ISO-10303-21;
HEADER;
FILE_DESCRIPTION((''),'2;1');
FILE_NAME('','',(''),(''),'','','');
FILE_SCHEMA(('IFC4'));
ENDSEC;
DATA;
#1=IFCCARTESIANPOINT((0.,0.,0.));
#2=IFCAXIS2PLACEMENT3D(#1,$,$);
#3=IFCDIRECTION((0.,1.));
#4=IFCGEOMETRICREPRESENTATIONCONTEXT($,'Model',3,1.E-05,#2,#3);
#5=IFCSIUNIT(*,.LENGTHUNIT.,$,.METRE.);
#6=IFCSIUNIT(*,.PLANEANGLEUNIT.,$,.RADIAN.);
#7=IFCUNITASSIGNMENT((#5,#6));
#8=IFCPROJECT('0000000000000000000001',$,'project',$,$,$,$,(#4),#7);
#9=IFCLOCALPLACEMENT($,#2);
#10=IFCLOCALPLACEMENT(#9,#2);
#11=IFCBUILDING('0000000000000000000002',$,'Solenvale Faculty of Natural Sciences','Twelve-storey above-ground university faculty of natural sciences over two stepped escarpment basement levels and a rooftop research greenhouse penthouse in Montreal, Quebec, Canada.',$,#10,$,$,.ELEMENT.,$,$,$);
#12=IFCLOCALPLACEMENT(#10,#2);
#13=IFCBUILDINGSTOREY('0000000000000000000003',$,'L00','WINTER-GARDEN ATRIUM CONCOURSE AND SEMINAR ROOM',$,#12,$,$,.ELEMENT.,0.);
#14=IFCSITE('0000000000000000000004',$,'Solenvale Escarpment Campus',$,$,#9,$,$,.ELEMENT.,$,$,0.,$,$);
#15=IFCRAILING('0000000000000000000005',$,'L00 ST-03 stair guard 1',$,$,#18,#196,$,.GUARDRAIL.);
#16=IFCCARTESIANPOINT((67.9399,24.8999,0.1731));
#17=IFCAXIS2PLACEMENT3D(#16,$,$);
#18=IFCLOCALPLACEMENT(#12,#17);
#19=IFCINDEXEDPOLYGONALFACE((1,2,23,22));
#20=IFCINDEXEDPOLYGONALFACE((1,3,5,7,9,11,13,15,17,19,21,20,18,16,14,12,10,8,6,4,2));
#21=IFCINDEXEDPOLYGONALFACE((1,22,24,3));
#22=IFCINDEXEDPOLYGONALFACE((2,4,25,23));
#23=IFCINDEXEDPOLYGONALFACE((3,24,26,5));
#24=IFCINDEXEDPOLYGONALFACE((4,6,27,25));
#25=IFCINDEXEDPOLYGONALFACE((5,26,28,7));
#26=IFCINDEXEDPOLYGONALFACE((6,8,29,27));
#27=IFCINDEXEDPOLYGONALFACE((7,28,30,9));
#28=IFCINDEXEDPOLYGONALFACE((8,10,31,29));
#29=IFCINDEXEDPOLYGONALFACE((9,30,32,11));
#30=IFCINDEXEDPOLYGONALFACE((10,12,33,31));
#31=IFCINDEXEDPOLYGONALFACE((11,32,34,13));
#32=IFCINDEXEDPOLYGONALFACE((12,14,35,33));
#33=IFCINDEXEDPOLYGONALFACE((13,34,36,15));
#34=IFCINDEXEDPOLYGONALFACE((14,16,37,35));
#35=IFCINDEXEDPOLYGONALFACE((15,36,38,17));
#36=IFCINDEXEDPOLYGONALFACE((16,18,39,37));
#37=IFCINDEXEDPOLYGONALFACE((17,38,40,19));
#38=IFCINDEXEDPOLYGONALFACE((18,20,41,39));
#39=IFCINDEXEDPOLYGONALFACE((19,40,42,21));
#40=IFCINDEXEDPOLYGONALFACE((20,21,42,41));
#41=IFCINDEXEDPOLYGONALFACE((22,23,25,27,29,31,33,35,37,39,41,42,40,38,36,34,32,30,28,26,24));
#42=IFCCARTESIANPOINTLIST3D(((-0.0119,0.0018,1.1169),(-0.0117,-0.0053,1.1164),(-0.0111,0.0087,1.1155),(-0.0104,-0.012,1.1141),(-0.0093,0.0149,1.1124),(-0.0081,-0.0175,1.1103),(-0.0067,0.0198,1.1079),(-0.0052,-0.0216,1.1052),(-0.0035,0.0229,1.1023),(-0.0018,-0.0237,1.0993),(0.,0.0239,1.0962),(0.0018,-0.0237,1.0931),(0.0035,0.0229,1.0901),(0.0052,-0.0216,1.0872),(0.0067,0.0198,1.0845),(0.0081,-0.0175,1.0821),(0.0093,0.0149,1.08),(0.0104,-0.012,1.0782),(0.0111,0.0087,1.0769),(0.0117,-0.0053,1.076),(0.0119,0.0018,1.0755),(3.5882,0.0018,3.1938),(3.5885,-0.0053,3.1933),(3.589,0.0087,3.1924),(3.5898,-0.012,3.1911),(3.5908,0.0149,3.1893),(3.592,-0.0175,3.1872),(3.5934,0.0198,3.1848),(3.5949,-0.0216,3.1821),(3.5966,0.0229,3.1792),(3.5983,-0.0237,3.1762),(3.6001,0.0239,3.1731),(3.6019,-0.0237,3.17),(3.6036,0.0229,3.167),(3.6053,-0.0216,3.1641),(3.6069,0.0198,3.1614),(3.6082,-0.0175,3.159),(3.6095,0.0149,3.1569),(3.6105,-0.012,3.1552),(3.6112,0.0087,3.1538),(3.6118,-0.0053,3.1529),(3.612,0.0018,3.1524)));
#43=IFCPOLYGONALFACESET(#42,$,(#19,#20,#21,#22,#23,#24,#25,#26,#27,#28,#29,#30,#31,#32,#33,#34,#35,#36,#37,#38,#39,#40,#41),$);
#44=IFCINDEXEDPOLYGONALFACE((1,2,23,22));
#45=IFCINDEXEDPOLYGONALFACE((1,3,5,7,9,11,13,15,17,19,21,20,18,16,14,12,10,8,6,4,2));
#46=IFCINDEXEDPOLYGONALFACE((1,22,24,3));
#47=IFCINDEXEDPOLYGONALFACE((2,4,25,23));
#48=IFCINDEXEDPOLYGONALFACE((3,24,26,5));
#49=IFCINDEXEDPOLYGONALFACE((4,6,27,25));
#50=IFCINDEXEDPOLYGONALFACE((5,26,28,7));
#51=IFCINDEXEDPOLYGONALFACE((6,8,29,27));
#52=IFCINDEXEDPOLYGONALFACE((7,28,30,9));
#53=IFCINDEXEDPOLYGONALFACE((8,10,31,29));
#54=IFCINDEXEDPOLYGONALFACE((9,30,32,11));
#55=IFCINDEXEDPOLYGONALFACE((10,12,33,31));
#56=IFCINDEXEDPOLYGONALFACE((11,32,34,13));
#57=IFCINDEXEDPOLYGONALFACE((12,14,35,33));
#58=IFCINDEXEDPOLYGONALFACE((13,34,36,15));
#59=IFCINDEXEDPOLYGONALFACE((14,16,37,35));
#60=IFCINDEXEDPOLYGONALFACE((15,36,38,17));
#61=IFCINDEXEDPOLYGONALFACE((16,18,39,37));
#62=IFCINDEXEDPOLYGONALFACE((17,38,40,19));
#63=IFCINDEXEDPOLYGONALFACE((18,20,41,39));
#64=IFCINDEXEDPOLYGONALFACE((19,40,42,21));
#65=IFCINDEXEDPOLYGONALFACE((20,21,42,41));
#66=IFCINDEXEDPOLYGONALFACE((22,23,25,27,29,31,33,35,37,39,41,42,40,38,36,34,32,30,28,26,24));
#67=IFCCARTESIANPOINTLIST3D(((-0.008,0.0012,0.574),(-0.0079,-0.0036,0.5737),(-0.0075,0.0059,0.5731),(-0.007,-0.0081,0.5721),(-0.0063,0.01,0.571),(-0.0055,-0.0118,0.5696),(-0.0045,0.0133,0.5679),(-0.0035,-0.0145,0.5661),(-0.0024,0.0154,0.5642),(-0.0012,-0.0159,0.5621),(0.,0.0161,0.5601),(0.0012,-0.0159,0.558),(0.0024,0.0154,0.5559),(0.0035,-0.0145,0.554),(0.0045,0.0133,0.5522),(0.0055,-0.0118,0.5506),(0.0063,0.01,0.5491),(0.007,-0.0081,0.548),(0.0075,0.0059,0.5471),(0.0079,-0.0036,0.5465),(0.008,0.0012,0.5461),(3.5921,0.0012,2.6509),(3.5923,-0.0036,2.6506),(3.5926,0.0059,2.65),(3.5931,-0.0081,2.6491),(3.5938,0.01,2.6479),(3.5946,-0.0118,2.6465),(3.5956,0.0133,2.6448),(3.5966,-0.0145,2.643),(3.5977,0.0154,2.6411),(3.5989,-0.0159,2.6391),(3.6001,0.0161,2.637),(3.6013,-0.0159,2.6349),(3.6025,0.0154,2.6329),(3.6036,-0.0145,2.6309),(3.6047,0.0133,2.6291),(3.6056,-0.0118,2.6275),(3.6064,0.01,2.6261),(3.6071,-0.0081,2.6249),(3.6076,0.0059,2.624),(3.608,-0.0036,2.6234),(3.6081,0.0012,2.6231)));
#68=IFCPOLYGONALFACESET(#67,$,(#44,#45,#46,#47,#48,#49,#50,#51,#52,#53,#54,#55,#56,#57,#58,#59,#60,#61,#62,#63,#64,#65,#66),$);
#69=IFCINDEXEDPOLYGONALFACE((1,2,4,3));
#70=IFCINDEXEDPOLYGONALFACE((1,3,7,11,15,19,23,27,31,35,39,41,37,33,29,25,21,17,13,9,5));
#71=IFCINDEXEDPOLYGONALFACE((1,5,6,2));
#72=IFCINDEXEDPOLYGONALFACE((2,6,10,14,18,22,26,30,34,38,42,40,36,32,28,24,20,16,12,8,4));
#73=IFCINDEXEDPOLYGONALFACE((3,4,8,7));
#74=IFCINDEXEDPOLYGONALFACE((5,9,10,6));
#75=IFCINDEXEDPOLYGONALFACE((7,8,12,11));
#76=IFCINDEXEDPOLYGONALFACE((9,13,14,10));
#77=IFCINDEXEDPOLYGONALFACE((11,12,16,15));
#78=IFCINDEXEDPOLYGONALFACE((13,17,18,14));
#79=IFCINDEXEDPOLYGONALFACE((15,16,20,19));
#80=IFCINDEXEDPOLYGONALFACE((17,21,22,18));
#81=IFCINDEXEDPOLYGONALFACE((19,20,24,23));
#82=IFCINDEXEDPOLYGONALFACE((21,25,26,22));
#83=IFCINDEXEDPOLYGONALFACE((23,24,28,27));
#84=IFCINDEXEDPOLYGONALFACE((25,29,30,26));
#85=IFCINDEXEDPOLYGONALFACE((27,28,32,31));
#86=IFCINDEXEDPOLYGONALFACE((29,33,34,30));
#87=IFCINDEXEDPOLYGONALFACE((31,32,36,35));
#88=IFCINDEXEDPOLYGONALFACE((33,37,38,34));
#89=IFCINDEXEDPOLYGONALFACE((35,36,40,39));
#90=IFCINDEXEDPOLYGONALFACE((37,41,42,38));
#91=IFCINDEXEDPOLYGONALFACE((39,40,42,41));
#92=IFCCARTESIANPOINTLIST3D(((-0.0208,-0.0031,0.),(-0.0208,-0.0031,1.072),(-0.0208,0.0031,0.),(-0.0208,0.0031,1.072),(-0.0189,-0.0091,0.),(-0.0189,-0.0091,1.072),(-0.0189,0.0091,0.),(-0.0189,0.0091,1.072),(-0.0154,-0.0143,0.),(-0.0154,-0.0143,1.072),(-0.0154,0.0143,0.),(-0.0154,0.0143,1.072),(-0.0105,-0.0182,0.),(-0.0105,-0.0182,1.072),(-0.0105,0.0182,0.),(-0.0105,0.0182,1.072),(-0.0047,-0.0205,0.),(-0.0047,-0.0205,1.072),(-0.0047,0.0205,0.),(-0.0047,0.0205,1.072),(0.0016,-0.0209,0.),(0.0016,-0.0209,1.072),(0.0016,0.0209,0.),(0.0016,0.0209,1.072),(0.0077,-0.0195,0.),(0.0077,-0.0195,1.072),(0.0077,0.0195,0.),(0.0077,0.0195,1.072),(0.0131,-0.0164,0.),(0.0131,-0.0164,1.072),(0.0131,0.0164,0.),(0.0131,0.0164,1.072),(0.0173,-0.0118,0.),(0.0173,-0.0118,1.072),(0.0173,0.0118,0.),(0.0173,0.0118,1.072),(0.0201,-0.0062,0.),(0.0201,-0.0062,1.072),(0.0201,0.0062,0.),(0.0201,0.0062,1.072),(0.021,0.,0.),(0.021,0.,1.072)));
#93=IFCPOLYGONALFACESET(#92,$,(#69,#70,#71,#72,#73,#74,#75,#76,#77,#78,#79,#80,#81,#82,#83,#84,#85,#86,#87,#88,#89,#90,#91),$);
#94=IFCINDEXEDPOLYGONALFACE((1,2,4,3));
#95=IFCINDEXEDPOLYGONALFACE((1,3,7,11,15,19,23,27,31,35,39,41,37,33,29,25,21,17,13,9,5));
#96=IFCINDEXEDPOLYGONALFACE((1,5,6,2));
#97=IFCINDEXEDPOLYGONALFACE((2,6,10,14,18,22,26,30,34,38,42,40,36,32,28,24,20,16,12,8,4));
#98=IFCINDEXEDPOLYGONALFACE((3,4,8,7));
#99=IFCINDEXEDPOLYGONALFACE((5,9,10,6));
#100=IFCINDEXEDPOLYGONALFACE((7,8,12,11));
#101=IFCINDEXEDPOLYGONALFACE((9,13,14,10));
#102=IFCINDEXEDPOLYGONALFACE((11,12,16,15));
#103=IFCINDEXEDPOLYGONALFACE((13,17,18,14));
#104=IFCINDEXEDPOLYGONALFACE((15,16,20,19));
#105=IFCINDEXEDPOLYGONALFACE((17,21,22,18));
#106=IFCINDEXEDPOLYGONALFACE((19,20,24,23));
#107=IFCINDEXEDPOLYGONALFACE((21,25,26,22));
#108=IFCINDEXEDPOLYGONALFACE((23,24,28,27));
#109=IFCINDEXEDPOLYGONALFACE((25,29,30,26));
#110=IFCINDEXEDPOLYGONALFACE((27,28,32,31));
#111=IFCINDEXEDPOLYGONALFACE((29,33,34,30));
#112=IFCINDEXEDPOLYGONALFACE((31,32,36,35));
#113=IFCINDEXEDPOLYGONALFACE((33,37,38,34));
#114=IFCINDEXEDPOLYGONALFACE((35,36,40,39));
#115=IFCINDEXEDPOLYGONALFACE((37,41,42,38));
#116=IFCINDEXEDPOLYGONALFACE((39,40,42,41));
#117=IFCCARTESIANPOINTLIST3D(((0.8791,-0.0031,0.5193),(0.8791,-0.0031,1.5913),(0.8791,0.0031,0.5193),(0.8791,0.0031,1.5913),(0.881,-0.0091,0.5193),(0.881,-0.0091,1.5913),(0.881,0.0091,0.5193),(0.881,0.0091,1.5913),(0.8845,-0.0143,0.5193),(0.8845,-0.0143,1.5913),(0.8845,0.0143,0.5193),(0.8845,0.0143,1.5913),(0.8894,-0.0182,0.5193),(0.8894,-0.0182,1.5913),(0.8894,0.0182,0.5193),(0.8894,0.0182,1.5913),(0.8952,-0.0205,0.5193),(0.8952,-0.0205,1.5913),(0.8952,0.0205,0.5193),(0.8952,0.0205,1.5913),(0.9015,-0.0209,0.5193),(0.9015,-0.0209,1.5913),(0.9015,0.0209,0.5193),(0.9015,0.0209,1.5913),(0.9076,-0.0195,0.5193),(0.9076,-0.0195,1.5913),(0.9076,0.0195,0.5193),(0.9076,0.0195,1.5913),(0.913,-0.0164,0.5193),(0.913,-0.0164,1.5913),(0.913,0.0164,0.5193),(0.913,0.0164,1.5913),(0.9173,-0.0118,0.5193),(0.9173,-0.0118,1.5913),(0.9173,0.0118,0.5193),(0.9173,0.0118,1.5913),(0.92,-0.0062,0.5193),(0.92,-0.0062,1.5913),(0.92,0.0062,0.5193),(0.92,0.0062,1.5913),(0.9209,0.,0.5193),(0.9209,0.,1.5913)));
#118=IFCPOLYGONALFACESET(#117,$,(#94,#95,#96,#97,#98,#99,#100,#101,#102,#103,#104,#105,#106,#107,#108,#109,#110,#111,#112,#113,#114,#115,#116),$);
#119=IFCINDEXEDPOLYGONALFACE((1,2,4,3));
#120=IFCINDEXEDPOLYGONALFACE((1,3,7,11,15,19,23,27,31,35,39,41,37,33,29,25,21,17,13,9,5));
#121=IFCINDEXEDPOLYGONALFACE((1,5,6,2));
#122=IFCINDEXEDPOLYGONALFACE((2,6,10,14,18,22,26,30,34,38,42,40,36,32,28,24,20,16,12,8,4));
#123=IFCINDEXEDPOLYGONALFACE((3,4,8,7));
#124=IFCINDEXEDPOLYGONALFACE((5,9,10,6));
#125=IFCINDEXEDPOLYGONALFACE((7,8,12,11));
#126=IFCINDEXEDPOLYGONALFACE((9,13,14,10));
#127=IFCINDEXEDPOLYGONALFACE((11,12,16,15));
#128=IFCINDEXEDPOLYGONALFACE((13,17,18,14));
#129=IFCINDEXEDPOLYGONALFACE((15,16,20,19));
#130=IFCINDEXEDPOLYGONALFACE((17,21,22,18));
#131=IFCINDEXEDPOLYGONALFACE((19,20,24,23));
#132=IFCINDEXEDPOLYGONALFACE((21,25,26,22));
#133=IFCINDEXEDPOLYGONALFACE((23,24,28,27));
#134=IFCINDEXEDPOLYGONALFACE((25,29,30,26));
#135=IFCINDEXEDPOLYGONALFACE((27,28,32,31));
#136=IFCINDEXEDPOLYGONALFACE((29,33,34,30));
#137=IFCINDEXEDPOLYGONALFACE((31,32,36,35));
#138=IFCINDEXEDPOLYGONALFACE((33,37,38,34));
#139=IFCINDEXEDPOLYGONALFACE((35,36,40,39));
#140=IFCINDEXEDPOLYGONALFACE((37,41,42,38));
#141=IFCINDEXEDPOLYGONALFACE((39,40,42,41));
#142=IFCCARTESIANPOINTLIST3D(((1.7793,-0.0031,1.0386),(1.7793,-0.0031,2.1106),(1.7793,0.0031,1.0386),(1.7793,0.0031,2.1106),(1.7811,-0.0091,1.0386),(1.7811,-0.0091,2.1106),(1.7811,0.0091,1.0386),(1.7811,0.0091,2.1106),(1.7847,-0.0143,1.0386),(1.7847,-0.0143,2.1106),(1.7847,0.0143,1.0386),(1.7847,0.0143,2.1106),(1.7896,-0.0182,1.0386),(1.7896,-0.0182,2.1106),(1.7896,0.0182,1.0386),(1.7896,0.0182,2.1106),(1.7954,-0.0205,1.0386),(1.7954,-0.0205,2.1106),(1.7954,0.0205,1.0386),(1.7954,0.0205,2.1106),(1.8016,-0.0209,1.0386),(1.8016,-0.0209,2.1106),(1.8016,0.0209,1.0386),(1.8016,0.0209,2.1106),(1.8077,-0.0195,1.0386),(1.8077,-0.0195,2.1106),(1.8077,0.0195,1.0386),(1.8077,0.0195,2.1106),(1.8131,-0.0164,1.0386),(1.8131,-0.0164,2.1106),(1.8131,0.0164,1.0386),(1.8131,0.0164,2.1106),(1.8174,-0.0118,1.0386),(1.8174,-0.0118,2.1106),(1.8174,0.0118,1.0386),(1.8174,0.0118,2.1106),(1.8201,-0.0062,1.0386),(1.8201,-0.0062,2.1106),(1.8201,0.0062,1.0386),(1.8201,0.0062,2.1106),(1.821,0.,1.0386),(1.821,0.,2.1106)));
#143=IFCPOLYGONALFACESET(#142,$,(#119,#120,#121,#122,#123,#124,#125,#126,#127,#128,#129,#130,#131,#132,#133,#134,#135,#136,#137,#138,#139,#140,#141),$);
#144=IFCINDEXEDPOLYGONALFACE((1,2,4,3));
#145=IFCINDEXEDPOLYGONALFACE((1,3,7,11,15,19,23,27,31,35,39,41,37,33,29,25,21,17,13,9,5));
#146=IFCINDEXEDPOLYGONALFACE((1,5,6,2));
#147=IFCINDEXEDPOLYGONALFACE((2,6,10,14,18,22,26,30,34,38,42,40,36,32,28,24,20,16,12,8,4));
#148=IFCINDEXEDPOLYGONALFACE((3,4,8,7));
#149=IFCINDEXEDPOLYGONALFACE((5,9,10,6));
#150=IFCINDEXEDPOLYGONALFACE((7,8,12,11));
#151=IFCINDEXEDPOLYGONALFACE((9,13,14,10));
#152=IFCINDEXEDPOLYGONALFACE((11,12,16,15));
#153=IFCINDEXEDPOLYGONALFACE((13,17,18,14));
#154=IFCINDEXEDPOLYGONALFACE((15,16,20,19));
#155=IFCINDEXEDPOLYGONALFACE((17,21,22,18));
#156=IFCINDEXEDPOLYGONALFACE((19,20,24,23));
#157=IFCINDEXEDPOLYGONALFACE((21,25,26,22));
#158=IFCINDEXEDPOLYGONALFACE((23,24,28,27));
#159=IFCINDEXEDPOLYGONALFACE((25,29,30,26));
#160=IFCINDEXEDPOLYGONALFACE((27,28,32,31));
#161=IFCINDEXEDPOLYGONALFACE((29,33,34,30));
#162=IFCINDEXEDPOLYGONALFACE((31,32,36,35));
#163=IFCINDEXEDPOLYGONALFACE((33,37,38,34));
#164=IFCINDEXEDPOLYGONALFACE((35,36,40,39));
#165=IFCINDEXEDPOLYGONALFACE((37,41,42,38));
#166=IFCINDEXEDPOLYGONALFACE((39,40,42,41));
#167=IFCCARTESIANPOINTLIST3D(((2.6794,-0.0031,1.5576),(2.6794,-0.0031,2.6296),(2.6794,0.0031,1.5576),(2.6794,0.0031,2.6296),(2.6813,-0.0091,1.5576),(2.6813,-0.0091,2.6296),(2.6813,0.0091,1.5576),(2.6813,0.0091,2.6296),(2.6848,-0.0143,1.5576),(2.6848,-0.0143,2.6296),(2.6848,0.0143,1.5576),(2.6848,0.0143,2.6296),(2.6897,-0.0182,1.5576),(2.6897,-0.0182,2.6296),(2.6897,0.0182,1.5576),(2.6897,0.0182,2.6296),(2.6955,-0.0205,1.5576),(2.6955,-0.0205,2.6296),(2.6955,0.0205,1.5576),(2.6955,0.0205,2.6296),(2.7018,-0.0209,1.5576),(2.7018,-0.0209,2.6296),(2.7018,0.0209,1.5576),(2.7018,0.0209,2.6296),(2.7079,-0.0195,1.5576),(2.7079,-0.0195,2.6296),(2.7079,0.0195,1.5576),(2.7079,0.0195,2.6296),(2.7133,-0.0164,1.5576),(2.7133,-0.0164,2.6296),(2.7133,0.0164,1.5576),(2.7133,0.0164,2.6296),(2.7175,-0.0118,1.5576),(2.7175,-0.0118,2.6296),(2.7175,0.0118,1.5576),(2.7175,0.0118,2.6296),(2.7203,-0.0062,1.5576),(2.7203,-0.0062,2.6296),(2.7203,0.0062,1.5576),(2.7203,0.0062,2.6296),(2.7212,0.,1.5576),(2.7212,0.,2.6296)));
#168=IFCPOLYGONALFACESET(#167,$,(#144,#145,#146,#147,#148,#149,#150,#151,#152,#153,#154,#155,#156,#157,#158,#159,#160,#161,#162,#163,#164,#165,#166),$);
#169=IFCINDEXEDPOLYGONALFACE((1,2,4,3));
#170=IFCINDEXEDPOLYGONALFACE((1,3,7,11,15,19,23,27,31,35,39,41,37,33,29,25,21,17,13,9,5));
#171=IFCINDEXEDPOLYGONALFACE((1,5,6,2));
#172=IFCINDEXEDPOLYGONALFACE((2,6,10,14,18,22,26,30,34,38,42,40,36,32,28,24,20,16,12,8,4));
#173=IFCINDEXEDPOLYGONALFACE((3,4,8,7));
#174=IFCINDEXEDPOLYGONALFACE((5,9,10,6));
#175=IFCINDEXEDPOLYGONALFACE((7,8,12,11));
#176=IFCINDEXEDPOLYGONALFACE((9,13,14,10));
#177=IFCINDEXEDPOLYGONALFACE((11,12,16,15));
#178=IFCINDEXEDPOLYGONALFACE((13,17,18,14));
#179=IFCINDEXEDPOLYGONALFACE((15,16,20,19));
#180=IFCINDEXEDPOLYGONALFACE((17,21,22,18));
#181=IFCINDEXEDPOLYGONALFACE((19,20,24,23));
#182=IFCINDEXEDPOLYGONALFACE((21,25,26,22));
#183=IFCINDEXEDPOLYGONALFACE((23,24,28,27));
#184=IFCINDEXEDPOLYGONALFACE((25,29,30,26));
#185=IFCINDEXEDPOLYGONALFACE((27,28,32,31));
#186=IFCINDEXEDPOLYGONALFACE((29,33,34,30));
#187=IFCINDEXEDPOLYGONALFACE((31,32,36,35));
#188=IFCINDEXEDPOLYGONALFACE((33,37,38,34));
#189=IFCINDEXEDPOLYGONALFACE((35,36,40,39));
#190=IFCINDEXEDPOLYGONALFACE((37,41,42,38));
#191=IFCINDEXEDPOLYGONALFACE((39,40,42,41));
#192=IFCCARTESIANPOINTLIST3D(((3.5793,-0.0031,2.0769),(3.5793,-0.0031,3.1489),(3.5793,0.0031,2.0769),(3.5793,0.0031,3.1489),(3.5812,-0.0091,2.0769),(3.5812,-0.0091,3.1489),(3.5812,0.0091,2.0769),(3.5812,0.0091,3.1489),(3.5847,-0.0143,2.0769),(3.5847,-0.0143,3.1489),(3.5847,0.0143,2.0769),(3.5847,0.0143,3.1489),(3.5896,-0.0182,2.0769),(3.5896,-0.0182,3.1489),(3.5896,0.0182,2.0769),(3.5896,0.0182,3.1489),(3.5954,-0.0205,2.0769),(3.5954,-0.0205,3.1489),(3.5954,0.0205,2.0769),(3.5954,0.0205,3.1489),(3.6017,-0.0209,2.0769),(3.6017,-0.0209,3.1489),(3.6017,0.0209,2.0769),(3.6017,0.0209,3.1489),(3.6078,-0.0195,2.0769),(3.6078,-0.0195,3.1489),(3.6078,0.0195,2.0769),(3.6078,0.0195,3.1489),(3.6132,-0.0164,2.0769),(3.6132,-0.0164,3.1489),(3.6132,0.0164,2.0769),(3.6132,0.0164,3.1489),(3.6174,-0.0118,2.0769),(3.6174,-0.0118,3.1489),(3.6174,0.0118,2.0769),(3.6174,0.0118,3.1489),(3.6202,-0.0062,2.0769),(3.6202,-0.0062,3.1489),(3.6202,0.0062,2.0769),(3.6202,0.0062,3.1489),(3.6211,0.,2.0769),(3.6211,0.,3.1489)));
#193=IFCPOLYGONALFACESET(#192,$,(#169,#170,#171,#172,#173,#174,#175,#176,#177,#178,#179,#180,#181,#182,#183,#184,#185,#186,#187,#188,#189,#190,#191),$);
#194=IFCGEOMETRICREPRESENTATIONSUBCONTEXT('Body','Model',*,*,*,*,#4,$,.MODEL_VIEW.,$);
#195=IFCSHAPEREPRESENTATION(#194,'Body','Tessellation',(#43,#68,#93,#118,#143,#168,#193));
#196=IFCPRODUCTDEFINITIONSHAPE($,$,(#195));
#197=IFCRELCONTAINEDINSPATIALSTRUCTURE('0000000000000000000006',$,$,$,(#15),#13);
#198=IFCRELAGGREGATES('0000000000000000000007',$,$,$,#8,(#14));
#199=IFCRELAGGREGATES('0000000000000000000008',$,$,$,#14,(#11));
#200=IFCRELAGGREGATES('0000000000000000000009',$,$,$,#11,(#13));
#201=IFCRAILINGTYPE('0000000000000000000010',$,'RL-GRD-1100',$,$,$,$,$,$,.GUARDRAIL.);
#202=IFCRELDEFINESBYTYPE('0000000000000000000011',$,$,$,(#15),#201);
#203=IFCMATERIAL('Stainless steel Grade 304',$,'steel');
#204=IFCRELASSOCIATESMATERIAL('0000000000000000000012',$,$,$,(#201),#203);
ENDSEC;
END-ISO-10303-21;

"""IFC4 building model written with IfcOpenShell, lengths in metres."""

from ifc_helpers import new_model, si_unit, direction, frame, origin, origin_2d, place, context, subcontext, project, spatial, circle, extrude, material, type_object, element, save


model = new_model("IFC4")

# Units and contexts
model_context = context("Model", 3, precision=1e-05, world=origin(), true_north=direction((0.0, 1.0)))
body_context = subcontext(model_context, "Body", "Model", "MODEL_VIEW")
ifc_project = project(units=[si_unit("LENGTHUNIT", "METRE"), si_unit("PLANEANGLEUNIT", "RADIAN")], contexts=[model_context])

# Site, building, storey
site_placement = place(None, origin())
site = spatial("IfcSite", under=ifc_project, at=site_placement, Name="Solenvale Escarpment Campus", CompositionType="ELEMENT", RefElevation=0.0)
building_placement = place(site_placement, origin())
building = spatial("IfcBuilding", under=site, at=building_placement, Name="Solenvale Faculty of Natural Sciences", Description="Twelve-storey above-ground university faculty of natural sciences over two stepped escarpment basement levels and a rooftop research greenhouse penthouse in Montreal, Quebec, Canada.", CompositionType="ELEMENT")
storey_placement = place(building_placement, origin())
storey = spatial("IfcBuildingStorey", under=building, at=storey_placement, Name="L00", Description="WINTER-GARDEN ATRIUM CONCOURSE AND SEMINAR ROOM", CompositionType="ELEMENT", Elevation=0.0)

# Shared definitions
ifc_material_1 = material(Name="Stainless steel Grade 304", Category="steel")

# Railing
railing_type_1 = type_object("IfcRailingType", Name="RL-GRD-1100", PredefinedType="GUARDRAIL", material=ifc_material_1)
railing_1_placement = place(storey_placement, frame((67.9399, 24.8999, 0.1731)))
element("IfcRailing", 1, at=railing_1_placement, inside=storey, type_object=railing_type_1, Name="L00 ST-03 stair guard 1", PredefinedType="GUARDRAIL", context=body_context, shape_type="SweptSolid", body=[
    extrude(circle(Radius=0.0239, at=origin_2d()), frame((0.0, 0.0, 1.0962), z_axis=(0.866193, 0.0, 0.499709), x_axis=(0.0, 1.0, 0.0)), (0.0, 0.0, 1.0), 4.1562),
    extrude(circle(Radius=0.0161, at=origin_2d()), frame((0.0, 0.0, 0.5601), z_axis=(0.866193, 0.0, 0.499709), x_axis=(0.0, 1.0, 0.0)), (0.0, 0.0, 1.0), 4.1562),
    extrude(circle(Radius=0.021, at=origin_2d()), origin(), (0.0, 0.0, 1.0), 1.072),
    extrude(circle(Radius=0.021, at=origin_2d()), frame((0.8999, 0.0, 0.5193)), (0.0, 0.0, 1.0), 1.072),
    extrude(circle(Radius=0.021, at=origin_2d()), frame((1.8, 0.0, 1.0386)), (0.0, 0.0, 1.0), 1.072),
    extrude(circle(Radius=0.021, at=origin_2d()), frame((2.7002, 0.0, 1.5576)), (0.0, 0.0, 1.0), 1.072),
    extrude(circle(Radius=0.021, at=origin_2d()), frame((3.6001, 0.0, 2.0769)), (0.0, 0.0, 1.0), 1.072),
])

save(model, "model.ifc")
